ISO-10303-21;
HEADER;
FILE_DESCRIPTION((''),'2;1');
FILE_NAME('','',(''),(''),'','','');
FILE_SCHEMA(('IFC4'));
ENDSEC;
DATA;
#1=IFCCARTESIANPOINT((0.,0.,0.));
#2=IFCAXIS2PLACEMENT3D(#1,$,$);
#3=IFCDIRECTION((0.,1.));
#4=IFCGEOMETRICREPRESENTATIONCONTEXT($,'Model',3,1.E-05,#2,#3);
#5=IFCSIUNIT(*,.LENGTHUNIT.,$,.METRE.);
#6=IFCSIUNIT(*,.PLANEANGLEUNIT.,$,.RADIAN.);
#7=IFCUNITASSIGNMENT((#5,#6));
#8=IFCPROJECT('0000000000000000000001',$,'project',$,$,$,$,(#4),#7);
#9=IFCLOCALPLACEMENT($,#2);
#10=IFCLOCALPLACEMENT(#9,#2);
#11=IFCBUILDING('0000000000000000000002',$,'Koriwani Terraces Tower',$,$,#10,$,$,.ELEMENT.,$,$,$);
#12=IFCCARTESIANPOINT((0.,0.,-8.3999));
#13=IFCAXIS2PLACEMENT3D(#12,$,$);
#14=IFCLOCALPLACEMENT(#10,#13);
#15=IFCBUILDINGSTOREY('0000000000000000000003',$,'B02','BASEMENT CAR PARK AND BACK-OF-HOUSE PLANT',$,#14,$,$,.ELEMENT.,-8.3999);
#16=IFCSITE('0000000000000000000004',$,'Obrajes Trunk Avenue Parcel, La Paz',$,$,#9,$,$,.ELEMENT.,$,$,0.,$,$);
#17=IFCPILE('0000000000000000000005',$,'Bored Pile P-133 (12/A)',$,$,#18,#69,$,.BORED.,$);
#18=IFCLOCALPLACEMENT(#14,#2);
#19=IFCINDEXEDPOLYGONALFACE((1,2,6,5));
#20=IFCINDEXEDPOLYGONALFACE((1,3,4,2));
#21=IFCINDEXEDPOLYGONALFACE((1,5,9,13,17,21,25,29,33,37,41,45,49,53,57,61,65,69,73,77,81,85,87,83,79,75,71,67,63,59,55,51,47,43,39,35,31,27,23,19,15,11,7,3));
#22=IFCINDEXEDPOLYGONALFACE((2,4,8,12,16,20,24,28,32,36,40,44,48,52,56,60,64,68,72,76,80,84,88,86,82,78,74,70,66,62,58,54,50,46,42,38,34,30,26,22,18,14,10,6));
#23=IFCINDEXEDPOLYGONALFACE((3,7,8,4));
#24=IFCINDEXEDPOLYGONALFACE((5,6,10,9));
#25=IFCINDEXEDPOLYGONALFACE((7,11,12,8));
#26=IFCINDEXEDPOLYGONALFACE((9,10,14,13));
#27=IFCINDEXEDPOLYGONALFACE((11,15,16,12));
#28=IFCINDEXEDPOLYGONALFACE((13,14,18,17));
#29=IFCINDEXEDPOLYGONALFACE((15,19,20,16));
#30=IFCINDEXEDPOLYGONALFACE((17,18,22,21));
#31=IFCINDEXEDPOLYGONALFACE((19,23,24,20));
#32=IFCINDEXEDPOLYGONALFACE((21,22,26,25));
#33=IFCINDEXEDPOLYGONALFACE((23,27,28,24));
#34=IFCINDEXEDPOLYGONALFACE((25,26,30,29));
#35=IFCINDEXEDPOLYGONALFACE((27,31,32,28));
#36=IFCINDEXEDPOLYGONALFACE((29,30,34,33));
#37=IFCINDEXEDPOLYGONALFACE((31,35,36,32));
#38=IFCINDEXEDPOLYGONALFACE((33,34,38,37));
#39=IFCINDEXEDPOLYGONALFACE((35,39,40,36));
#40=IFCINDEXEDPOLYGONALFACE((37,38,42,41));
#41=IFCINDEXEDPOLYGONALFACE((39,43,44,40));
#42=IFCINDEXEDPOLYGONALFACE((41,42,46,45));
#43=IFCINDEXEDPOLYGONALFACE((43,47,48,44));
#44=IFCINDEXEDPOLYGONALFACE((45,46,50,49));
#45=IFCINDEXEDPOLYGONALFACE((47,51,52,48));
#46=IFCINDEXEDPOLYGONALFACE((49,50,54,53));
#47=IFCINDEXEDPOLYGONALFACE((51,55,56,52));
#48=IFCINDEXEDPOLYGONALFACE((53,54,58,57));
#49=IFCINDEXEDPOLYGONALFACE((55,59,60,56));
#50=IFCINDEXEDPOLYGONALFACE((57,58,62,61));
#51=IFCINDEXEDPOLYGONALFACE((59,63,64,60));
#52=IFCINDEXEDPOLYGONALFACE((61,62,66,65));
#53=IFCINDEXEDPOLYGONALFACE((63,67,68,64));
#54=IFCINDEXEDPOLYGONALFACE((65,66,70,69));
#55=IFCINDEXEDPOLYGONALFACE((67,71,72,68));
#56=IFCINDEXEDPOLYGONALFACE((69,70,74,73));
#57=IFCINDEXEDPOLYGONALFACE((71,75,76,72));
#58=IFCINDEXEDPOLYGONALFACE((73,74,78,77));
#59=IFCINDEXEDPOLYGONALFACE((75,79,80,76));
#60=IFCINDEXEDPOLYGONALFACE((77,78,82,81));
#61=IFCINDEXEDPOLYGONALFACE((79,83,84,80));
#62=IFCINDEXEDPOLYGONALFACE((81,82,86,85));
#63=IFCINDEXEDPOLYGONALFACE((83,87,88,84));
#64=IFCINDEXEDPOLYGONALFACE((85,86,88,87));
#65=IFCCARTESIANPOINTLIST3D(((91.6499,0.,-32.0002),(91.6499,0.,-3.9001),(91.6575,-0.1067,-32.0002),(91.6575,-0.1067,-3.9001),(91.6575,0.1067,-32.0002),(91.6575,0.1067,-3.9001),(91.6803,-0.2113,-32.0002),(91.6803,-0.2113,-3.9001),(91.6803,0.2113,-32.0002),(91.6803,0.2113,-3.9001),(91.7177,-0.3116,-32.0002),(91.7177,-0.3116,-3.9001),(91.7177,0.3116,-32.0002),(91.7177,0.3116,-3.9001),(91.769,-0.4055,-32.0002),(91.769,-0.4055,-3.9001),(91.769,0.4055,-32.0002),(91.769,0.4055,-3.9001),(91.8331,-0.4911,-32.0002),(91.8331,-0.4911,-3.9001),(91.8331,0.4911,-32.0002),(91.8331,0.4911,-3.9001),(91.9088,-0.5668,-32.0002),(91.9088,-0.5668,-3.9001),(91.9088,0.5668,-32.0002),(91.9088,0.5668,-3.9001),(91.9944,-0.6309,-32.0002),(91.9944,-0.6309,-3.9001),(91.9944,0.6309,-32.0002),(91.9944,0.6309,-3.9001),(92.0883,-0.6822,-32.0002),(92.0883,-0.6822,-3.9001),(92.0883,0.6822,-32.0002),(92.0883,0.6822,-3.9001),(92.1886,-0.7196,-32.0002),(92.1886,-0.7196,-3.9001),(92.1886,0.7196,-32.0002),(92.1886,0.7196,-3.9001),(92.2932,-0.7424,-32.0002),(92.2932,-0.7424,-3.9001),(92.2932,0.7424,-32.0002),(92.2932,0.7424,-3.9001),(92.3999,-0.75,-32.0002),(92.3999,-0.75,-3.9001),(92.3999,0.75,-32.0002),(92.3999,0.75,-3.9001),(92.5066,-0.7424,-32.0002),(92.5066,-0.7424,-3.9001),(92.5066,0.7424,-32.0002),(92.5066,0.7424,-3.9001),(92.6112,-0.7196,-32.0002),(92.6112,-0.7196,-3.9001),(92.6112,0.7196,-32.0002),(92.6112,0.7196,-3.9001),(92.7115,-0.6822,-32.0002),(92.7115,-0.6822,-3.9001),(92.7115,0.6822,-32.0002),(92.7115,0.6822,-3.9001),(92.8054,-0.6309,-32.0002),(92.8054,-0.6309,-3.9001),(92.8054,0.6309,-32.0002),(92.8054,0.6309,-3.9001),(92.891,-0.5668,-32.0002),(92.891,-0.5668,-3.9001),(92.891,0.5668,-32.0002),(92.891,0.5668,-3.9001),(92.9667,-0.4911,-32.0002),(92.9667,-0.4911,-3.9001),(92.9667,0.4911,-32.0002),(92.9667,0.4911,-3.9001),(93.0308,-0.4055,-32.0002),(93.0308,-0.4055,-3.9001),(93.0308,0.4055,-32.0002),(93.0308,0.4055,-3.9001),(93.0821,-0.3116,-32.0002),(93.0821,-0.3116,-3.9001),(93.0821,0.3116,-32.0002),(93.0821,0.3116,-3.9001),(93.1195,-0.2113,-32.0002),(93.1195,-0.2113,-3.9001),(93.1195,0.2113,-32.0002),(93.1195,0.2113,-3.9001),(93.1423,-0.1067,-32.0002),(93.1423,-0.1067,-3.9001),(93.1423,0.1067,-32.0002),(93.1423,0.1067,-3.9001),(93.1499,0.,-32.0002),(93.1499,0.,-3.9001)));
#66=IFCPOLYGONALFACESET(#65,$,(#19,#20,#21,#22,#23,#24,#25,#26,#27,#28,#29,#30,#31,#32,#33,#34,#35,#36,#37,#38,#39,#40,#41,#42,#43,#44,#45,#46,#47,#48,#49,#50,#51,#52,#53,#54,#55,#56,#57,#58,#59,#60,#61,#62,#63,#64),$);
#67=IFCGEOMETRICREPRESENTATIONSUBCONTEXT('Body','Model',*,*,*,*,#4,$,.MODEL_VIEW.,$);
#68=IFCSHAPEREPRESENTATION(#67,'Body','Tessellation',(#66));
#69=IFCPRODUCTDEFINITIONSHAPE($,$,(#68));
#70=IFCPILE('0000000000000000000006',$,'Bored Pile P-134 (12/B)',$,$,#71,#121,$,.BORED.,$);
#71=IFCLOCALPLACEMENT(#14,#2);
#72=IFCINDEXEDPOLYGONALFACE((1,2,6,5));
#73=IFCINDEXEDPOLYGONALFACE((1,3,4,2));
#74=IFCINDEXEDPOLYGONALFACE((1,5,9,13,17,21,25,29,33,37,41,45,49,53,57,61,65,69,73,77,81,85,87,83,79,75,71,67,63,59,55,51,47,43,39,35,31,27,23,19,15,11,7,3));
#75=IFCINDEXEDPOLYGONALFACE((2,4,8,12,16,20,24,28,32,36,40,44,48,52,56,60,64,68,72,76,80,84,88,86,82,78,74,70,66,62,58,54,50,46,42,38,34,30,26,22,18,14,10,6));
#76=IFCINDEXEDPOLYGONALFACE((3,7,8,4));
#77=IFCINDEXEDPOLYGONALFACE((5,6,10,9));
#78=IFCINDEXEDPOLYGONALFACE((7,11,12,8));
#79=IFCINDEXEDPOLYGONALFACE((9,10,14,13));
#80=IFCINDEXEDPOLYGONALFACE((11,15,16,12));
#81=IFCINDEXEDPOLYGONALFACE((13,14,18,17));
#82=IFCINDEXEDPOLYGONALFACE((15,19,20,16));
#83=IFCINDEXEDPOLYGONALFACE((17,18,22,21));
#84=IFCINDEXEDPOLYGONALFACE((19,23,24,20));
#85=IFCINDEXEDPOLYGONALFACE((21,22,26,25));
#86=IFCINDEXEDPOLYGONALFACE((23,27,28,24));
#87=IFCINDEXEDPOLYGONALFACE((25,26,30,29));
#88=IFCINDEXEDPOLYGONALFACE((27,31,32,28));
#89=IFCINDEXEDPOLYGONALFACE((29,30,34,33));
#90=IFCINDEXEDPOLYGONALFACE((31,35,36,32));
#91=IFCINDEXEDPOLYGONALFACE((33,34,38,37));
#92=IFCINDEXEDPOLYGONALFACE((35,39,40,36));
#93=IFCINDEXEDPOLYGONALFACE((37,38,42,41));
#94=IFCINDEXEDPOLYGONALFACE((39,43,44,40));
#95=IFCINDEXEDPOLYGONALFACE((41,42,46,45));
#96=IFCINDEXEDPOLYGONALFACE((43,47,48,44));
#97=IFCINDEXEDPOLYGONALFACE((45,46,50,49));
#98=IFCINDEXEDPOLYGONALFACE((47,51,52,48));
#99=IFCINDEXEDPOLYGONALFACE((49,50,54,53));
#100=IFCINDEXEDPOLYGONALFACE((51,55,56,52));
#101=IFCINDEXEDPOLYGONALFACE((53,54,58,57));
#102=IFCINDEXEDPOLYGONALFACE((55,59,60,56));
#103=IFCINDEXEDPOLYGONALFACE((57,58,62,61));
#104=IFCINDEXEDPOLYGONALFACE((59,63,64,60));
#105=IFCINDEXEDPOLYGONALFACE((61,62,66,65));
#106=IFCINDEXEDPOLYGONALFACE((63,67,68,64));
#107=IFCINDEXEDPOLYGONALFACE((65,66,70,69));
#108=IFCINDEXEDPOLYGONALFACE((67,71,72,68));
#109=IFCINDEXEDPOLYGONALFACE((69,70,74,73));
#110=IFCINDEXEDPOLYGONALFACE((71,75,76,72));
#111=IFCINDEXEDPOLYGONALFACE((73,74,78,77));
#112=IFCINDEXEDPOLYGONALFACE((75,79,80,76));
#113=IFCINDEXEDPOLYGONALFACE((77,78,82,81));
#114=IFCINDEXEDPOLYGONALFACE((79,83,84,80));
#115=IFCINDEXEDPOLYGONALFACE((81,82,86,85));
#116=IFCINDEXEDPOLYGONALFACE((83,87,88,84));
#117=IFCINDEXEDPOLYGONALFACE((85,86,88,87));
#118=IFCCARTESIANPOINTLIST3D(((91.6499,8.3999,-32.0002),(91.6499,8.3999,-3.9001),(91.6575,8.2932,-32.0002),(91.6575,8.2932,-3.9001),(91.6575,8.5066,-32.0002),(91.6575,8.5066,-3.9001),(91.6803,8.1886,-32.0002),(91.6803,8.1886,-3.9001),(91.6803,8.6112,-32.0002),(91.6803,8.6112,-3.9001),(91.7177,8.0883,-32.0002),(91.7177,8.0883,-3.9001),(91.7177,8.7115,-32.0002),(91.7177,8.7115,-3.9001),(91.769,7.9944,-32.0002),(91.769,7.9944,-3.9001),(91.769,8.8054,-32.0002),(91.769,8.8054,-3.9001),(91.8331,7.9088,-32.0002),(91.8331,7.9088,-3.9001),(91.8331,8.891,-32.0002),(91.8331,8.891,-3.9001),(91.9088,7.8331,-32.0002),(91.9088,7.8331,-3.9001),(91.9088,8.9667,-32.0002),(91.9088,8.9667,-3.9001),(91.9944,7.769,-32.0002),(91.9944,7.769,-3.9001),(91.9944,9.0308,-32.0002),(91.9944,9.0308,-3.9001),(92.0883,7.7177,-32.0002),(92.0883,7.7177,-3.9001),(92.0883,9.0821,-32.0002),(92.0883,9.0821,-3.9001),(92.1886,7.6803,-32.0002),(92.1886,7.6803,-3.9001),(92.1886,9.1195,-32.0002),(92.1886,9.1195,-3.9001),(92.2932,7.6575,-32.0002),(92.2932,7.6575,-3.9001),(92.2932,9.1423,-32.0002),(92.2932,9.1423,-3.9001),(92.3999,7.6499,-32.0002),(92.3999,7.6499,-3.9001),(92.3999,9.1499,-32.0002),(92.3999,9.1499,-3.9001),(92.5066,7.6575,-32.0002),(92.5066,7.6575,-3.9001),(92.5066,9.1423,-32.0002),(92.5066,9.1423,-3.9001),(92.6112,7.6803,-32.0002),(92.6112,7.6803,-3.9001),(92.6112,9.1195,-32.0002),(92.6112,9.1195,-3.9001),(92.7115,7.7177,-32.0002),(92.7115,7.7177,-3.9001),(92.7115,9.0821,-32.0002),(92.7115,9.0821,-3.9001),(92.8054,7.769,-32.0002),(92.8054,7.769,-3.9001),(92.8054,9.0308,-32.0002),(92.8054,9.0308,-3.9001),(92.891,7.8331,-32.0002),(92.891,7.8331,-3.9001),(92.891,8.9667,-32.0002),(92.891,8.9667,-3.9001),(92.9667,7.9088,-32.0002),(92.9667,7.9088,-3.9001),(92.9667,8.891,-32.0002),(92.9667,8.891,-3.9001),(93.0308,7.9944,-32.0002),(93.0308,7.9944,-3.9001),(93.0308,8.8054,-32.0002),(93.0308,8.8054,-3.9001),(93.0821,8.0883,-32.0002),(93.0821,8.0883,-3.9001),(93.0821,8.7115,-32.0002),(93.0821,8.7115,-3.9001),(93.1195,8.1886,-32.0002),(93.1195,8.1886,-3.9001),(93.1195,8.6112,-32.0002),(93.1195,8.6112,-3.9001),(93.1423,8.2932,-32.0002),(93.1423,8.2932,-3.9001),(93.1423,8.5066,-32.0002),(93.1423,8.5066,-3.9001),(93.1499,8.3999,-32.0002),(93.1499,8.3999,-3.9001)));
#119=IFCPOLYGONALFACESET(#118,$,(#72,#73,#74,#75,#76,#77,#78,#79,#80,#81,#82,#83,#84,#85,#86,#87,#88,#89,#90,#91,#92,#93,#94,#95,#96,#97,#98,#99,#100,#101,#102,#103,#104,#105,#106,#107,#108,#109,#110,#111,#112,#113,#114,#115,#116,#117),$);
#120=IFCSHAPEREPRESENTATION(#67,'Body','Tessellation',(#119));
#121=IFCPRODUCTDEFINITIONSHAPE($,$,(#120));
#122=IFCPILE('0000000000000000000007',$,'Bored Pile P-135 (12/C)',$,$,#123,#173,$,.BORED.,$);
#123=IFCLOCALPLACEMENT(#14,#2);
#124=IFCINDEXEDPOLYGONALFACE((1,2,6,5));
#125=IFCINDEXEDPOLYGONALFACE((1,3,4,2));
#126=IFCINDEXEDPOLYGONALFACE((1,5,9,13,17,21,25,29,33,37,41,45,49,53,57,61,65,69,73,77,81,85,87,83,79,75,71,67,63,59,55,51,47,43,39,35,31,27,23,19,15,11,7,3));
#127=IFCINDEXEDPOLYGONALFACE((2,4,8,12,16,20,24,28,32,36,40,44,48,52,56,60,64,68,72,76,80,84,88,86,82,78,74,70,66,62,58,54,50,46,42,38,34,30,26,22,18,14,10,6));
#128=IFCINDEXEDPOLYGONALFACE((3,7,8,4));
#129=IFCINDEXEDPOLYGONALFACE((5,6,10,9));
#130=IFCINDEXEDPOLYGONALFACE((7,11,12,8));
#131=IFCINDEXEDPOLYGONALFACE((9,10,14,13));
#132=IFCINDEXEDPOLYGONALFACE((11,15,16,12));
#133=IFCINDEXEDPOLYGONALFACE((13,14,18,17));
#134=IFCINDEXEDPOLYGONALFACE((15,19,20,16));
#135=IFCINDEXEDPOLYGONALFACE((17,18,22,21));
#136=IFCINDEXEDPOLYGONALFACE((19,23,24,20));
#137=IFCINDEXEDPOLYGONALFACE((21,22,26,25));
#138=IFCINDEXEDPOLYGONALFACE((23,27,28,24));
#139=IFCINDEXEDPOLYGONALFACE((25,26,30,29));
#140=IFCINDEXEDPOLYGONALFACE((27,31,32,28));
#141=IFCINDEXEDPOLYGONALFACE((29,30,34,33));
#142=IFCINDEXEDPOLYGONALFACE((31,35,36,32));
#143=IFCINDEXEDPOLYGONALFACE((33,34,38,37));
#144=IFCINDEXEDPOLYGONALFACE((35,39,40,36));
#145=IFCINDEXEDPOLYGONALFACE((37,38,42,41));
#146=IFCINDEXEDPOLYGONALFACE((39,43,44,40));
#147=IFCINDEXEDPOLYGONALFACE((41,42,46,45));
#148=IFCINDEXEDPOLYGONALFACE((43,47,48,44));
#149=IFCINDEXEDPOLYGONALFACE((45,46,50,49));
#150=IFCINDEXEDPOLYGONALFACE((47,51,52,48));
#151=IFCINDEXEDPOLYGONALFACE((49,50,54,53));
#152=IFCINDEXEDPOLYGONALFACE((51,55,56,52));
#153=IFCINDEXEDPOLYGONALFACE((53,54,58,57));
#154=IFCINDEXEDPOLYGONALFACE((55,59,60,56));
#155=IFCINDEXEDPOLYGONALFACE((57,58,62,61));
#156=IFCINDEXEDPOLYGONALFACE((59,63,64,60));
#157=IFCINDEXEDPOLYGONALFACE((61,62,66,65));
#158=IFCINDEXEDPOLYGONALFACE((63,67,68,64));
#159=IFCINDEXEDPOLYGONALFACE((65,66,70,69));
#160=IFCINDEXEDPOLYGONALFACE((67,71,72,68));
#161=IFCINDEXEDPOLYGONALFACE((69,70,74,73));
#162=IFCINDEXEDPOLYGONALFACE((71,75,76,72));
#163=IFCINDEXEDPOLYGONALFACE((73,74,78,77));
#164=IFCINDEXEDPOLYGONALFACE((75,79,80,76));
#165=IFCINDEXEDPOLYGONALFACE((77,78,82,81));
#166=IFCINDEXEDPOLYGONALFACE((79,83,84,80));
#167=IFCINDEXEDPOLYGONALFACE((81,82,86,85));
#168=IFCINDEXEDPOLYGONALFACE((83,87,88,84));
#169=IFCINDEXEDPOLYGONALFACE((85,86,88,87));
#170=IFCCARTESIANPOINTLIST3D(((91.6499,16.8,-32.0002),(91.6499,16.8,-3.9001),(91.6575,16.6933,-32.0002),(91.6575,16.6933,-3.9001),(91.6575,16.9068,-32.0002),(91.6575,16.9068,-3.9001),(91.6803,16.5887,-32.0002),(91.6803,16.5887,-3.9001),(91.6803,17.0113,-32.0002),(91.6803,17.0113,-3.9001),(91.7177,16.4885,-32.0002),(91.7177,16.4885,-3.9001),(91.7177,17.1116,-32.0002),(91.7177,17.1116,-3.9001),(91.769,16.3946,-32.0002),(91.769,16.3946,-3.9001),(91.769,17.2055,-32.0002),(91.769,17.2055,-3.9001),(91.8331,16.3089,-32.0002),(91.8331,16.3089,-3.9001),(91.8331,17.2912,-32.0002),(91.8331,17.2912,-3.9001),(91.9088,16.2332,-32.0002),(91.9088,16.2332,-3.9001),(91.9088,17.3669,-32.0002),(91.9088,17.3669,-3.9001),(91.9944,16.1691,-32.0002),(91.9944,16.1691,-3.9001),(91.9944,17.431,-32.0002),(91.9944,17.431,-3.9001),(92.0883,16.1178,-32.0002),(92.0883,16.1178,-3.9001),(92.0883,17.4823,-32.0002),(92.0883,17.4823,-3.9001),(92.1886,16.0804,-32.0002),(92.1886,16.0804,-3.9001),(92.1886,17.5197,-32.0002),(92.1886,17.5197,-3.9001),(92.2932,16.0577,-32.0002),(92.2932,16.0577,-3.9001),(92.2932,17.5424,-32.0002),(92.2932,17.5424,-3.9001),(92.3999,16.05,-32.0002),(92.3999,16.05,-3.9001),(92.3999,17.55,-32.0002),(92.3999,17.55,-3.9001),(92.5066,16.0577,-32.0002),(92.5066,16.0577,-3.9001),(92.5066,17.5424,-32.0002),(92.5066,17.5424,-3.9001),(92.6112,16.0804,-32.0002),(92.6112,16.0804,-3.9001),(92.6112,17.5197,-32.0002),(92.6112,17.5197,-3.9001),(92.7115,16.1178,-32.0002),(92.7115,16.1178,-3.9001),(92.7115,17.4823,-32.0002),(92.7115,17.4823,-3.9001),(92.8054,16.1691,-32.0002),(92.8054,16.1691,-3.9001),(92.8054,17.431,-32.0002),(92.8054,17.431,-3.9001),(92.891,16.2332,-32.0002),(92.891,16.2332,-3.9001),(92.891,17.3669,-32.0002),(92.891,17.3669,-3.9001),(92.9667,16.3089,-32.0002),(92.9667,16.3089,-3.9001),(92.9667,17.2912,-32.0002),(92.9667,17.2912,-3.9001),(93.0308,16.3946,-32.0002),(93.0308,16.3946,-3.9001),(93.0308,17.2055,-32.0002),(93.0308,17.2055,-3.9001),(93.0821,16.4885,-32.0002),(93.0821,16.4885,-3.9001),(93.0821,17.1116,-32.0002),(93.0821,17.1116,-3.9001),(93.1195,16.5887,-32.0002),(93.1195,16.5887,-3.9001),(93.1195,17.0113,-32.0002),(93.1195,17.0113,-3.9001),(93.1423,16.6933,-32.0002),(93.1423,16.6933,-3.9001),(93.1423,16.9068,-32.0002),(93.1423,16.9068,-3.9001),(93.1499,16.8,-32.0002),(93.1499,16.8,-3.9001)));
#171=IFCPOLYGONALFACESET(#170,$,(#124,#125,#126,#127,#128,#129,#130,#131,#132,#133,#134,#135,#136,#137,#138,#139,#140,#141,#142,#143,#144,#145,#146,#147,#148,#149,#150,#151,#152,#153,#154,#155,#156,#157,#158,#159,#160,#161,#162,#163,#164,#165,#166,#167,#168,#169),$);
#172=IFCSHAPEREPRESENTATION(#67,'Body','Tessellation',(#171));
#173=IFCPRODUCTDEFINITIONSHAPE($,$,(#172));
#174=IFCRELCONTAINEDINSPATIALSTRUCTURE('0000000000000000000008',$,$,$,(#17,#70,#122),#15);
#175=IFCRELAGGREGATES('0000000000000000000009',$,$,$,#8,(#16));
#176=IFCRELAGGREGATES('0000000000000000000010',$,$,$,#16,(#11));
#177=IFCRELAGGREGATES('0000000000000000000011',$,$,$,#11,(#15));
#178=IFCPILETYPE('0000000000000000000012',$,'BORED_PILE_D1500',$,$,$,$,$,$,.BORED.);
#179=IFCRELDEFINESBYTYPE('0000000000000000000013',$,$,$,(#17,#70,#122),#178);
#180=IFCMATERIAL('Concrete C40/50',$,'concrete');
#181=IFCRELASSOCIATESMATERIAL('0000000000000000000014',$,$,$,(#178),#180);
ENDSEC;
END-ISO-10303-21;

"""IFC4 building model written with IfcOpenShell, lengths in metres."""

from ifc_helpers import new_model, si_unit, direction, frame, origin, origin_2d, place, context, subcontext, project, spatial, circle, extrude, material, material_profile, profile_set, type_object, element, save


model = new_model("IFC4")

# Units and contexts
model_context = context("Model", 3, precision=1e-05, world=origin(), true_north=direction((0.0, 1.0)))
body_context = subcontext(model_context, "Body", "Model", "MODEL_VIEW")
ifc_project = project(units=[si_unit("LENGTHUNIT", "METRE"), si_unit("PLANEANGLEUNIT", "RADIAN")], contexts=[model_context])

# Site, building, storey
site_placement = place(None, origin())
site = spatial("IfcSite", under=ifc_project, at=site_placement, Name="Obrajes Trunk Avenue Parcel, La Paz", CompositionType="ELEMENT", RefElevation=0.0)
building_placement = place(site_placement, origin())
building = spatial("IfcBuilding", under=site, at=building_placement, Name="Koriwani Terraces Tower", CompositionType="ELEMENT")
storey_placement = place(building_placement, frame((0.0, 0.0, -8.3999)))
storey = spatial("IfcBuildingStorey", under=building, at=storey_placement, Name="B02", Description="BASEMENT CAR PARK AND BACK-OF-HOUSE PLANT", CompositionType="ELEMENT", Elevation=-8.3999)

# Piles
ifc_material_1 = material(Name="Concrete C40/50", Category="concrete")
ifc_material_profile_1 = material_profile(ifc_material_1, circle(Radius=0.75, at=origin_2d()), Name="Concrete C40/50")
ifc_profile_set_1 = profile_set([ifc_material_profile_1], Name="Concrete C40/50")
pile_type_1 = type_object("IfcPileType", Name="BORED_PILE_D1500", PredefinedType="BORED", material=ifc_profile_set_1)
for number, where, z_axis, x_axis, name in (
    (1, (92.3999, 0.0, -3.9001), (0.0, 0.0, -1.0), (1.0, 0.0, 0.0), "Bored Pile P-133 (12/A)"),
    (2, (92.3999, 8.3999, -3.9001), (0.0, 0.0, -1.0), (1.0, 0.0, 0.0), "Bored Pile P-134 (12/B)"),
    (3, (92.3999, 16.8, -3.9001), (0.0, 0.0, -1.0), (1.0, 0.0, 0.0), "Bored Pile P-135 (12/C)"),
):
    element("IfcPile", number, at=place(storey_placement, frame(where, z_axis=z_axis, x_axis=x_axis)), inside=storey, type_object=pile_type_1, Name=name, PredefinedType="BORED", context=body_context, shape_type="SweptSolid", body=[
        extrude(circle(Radius=0.75, at=origin_2d()), origin(), (0.0, 0.0, 1.0), 28.1001),
    ])

save(model, "model.ifc")
